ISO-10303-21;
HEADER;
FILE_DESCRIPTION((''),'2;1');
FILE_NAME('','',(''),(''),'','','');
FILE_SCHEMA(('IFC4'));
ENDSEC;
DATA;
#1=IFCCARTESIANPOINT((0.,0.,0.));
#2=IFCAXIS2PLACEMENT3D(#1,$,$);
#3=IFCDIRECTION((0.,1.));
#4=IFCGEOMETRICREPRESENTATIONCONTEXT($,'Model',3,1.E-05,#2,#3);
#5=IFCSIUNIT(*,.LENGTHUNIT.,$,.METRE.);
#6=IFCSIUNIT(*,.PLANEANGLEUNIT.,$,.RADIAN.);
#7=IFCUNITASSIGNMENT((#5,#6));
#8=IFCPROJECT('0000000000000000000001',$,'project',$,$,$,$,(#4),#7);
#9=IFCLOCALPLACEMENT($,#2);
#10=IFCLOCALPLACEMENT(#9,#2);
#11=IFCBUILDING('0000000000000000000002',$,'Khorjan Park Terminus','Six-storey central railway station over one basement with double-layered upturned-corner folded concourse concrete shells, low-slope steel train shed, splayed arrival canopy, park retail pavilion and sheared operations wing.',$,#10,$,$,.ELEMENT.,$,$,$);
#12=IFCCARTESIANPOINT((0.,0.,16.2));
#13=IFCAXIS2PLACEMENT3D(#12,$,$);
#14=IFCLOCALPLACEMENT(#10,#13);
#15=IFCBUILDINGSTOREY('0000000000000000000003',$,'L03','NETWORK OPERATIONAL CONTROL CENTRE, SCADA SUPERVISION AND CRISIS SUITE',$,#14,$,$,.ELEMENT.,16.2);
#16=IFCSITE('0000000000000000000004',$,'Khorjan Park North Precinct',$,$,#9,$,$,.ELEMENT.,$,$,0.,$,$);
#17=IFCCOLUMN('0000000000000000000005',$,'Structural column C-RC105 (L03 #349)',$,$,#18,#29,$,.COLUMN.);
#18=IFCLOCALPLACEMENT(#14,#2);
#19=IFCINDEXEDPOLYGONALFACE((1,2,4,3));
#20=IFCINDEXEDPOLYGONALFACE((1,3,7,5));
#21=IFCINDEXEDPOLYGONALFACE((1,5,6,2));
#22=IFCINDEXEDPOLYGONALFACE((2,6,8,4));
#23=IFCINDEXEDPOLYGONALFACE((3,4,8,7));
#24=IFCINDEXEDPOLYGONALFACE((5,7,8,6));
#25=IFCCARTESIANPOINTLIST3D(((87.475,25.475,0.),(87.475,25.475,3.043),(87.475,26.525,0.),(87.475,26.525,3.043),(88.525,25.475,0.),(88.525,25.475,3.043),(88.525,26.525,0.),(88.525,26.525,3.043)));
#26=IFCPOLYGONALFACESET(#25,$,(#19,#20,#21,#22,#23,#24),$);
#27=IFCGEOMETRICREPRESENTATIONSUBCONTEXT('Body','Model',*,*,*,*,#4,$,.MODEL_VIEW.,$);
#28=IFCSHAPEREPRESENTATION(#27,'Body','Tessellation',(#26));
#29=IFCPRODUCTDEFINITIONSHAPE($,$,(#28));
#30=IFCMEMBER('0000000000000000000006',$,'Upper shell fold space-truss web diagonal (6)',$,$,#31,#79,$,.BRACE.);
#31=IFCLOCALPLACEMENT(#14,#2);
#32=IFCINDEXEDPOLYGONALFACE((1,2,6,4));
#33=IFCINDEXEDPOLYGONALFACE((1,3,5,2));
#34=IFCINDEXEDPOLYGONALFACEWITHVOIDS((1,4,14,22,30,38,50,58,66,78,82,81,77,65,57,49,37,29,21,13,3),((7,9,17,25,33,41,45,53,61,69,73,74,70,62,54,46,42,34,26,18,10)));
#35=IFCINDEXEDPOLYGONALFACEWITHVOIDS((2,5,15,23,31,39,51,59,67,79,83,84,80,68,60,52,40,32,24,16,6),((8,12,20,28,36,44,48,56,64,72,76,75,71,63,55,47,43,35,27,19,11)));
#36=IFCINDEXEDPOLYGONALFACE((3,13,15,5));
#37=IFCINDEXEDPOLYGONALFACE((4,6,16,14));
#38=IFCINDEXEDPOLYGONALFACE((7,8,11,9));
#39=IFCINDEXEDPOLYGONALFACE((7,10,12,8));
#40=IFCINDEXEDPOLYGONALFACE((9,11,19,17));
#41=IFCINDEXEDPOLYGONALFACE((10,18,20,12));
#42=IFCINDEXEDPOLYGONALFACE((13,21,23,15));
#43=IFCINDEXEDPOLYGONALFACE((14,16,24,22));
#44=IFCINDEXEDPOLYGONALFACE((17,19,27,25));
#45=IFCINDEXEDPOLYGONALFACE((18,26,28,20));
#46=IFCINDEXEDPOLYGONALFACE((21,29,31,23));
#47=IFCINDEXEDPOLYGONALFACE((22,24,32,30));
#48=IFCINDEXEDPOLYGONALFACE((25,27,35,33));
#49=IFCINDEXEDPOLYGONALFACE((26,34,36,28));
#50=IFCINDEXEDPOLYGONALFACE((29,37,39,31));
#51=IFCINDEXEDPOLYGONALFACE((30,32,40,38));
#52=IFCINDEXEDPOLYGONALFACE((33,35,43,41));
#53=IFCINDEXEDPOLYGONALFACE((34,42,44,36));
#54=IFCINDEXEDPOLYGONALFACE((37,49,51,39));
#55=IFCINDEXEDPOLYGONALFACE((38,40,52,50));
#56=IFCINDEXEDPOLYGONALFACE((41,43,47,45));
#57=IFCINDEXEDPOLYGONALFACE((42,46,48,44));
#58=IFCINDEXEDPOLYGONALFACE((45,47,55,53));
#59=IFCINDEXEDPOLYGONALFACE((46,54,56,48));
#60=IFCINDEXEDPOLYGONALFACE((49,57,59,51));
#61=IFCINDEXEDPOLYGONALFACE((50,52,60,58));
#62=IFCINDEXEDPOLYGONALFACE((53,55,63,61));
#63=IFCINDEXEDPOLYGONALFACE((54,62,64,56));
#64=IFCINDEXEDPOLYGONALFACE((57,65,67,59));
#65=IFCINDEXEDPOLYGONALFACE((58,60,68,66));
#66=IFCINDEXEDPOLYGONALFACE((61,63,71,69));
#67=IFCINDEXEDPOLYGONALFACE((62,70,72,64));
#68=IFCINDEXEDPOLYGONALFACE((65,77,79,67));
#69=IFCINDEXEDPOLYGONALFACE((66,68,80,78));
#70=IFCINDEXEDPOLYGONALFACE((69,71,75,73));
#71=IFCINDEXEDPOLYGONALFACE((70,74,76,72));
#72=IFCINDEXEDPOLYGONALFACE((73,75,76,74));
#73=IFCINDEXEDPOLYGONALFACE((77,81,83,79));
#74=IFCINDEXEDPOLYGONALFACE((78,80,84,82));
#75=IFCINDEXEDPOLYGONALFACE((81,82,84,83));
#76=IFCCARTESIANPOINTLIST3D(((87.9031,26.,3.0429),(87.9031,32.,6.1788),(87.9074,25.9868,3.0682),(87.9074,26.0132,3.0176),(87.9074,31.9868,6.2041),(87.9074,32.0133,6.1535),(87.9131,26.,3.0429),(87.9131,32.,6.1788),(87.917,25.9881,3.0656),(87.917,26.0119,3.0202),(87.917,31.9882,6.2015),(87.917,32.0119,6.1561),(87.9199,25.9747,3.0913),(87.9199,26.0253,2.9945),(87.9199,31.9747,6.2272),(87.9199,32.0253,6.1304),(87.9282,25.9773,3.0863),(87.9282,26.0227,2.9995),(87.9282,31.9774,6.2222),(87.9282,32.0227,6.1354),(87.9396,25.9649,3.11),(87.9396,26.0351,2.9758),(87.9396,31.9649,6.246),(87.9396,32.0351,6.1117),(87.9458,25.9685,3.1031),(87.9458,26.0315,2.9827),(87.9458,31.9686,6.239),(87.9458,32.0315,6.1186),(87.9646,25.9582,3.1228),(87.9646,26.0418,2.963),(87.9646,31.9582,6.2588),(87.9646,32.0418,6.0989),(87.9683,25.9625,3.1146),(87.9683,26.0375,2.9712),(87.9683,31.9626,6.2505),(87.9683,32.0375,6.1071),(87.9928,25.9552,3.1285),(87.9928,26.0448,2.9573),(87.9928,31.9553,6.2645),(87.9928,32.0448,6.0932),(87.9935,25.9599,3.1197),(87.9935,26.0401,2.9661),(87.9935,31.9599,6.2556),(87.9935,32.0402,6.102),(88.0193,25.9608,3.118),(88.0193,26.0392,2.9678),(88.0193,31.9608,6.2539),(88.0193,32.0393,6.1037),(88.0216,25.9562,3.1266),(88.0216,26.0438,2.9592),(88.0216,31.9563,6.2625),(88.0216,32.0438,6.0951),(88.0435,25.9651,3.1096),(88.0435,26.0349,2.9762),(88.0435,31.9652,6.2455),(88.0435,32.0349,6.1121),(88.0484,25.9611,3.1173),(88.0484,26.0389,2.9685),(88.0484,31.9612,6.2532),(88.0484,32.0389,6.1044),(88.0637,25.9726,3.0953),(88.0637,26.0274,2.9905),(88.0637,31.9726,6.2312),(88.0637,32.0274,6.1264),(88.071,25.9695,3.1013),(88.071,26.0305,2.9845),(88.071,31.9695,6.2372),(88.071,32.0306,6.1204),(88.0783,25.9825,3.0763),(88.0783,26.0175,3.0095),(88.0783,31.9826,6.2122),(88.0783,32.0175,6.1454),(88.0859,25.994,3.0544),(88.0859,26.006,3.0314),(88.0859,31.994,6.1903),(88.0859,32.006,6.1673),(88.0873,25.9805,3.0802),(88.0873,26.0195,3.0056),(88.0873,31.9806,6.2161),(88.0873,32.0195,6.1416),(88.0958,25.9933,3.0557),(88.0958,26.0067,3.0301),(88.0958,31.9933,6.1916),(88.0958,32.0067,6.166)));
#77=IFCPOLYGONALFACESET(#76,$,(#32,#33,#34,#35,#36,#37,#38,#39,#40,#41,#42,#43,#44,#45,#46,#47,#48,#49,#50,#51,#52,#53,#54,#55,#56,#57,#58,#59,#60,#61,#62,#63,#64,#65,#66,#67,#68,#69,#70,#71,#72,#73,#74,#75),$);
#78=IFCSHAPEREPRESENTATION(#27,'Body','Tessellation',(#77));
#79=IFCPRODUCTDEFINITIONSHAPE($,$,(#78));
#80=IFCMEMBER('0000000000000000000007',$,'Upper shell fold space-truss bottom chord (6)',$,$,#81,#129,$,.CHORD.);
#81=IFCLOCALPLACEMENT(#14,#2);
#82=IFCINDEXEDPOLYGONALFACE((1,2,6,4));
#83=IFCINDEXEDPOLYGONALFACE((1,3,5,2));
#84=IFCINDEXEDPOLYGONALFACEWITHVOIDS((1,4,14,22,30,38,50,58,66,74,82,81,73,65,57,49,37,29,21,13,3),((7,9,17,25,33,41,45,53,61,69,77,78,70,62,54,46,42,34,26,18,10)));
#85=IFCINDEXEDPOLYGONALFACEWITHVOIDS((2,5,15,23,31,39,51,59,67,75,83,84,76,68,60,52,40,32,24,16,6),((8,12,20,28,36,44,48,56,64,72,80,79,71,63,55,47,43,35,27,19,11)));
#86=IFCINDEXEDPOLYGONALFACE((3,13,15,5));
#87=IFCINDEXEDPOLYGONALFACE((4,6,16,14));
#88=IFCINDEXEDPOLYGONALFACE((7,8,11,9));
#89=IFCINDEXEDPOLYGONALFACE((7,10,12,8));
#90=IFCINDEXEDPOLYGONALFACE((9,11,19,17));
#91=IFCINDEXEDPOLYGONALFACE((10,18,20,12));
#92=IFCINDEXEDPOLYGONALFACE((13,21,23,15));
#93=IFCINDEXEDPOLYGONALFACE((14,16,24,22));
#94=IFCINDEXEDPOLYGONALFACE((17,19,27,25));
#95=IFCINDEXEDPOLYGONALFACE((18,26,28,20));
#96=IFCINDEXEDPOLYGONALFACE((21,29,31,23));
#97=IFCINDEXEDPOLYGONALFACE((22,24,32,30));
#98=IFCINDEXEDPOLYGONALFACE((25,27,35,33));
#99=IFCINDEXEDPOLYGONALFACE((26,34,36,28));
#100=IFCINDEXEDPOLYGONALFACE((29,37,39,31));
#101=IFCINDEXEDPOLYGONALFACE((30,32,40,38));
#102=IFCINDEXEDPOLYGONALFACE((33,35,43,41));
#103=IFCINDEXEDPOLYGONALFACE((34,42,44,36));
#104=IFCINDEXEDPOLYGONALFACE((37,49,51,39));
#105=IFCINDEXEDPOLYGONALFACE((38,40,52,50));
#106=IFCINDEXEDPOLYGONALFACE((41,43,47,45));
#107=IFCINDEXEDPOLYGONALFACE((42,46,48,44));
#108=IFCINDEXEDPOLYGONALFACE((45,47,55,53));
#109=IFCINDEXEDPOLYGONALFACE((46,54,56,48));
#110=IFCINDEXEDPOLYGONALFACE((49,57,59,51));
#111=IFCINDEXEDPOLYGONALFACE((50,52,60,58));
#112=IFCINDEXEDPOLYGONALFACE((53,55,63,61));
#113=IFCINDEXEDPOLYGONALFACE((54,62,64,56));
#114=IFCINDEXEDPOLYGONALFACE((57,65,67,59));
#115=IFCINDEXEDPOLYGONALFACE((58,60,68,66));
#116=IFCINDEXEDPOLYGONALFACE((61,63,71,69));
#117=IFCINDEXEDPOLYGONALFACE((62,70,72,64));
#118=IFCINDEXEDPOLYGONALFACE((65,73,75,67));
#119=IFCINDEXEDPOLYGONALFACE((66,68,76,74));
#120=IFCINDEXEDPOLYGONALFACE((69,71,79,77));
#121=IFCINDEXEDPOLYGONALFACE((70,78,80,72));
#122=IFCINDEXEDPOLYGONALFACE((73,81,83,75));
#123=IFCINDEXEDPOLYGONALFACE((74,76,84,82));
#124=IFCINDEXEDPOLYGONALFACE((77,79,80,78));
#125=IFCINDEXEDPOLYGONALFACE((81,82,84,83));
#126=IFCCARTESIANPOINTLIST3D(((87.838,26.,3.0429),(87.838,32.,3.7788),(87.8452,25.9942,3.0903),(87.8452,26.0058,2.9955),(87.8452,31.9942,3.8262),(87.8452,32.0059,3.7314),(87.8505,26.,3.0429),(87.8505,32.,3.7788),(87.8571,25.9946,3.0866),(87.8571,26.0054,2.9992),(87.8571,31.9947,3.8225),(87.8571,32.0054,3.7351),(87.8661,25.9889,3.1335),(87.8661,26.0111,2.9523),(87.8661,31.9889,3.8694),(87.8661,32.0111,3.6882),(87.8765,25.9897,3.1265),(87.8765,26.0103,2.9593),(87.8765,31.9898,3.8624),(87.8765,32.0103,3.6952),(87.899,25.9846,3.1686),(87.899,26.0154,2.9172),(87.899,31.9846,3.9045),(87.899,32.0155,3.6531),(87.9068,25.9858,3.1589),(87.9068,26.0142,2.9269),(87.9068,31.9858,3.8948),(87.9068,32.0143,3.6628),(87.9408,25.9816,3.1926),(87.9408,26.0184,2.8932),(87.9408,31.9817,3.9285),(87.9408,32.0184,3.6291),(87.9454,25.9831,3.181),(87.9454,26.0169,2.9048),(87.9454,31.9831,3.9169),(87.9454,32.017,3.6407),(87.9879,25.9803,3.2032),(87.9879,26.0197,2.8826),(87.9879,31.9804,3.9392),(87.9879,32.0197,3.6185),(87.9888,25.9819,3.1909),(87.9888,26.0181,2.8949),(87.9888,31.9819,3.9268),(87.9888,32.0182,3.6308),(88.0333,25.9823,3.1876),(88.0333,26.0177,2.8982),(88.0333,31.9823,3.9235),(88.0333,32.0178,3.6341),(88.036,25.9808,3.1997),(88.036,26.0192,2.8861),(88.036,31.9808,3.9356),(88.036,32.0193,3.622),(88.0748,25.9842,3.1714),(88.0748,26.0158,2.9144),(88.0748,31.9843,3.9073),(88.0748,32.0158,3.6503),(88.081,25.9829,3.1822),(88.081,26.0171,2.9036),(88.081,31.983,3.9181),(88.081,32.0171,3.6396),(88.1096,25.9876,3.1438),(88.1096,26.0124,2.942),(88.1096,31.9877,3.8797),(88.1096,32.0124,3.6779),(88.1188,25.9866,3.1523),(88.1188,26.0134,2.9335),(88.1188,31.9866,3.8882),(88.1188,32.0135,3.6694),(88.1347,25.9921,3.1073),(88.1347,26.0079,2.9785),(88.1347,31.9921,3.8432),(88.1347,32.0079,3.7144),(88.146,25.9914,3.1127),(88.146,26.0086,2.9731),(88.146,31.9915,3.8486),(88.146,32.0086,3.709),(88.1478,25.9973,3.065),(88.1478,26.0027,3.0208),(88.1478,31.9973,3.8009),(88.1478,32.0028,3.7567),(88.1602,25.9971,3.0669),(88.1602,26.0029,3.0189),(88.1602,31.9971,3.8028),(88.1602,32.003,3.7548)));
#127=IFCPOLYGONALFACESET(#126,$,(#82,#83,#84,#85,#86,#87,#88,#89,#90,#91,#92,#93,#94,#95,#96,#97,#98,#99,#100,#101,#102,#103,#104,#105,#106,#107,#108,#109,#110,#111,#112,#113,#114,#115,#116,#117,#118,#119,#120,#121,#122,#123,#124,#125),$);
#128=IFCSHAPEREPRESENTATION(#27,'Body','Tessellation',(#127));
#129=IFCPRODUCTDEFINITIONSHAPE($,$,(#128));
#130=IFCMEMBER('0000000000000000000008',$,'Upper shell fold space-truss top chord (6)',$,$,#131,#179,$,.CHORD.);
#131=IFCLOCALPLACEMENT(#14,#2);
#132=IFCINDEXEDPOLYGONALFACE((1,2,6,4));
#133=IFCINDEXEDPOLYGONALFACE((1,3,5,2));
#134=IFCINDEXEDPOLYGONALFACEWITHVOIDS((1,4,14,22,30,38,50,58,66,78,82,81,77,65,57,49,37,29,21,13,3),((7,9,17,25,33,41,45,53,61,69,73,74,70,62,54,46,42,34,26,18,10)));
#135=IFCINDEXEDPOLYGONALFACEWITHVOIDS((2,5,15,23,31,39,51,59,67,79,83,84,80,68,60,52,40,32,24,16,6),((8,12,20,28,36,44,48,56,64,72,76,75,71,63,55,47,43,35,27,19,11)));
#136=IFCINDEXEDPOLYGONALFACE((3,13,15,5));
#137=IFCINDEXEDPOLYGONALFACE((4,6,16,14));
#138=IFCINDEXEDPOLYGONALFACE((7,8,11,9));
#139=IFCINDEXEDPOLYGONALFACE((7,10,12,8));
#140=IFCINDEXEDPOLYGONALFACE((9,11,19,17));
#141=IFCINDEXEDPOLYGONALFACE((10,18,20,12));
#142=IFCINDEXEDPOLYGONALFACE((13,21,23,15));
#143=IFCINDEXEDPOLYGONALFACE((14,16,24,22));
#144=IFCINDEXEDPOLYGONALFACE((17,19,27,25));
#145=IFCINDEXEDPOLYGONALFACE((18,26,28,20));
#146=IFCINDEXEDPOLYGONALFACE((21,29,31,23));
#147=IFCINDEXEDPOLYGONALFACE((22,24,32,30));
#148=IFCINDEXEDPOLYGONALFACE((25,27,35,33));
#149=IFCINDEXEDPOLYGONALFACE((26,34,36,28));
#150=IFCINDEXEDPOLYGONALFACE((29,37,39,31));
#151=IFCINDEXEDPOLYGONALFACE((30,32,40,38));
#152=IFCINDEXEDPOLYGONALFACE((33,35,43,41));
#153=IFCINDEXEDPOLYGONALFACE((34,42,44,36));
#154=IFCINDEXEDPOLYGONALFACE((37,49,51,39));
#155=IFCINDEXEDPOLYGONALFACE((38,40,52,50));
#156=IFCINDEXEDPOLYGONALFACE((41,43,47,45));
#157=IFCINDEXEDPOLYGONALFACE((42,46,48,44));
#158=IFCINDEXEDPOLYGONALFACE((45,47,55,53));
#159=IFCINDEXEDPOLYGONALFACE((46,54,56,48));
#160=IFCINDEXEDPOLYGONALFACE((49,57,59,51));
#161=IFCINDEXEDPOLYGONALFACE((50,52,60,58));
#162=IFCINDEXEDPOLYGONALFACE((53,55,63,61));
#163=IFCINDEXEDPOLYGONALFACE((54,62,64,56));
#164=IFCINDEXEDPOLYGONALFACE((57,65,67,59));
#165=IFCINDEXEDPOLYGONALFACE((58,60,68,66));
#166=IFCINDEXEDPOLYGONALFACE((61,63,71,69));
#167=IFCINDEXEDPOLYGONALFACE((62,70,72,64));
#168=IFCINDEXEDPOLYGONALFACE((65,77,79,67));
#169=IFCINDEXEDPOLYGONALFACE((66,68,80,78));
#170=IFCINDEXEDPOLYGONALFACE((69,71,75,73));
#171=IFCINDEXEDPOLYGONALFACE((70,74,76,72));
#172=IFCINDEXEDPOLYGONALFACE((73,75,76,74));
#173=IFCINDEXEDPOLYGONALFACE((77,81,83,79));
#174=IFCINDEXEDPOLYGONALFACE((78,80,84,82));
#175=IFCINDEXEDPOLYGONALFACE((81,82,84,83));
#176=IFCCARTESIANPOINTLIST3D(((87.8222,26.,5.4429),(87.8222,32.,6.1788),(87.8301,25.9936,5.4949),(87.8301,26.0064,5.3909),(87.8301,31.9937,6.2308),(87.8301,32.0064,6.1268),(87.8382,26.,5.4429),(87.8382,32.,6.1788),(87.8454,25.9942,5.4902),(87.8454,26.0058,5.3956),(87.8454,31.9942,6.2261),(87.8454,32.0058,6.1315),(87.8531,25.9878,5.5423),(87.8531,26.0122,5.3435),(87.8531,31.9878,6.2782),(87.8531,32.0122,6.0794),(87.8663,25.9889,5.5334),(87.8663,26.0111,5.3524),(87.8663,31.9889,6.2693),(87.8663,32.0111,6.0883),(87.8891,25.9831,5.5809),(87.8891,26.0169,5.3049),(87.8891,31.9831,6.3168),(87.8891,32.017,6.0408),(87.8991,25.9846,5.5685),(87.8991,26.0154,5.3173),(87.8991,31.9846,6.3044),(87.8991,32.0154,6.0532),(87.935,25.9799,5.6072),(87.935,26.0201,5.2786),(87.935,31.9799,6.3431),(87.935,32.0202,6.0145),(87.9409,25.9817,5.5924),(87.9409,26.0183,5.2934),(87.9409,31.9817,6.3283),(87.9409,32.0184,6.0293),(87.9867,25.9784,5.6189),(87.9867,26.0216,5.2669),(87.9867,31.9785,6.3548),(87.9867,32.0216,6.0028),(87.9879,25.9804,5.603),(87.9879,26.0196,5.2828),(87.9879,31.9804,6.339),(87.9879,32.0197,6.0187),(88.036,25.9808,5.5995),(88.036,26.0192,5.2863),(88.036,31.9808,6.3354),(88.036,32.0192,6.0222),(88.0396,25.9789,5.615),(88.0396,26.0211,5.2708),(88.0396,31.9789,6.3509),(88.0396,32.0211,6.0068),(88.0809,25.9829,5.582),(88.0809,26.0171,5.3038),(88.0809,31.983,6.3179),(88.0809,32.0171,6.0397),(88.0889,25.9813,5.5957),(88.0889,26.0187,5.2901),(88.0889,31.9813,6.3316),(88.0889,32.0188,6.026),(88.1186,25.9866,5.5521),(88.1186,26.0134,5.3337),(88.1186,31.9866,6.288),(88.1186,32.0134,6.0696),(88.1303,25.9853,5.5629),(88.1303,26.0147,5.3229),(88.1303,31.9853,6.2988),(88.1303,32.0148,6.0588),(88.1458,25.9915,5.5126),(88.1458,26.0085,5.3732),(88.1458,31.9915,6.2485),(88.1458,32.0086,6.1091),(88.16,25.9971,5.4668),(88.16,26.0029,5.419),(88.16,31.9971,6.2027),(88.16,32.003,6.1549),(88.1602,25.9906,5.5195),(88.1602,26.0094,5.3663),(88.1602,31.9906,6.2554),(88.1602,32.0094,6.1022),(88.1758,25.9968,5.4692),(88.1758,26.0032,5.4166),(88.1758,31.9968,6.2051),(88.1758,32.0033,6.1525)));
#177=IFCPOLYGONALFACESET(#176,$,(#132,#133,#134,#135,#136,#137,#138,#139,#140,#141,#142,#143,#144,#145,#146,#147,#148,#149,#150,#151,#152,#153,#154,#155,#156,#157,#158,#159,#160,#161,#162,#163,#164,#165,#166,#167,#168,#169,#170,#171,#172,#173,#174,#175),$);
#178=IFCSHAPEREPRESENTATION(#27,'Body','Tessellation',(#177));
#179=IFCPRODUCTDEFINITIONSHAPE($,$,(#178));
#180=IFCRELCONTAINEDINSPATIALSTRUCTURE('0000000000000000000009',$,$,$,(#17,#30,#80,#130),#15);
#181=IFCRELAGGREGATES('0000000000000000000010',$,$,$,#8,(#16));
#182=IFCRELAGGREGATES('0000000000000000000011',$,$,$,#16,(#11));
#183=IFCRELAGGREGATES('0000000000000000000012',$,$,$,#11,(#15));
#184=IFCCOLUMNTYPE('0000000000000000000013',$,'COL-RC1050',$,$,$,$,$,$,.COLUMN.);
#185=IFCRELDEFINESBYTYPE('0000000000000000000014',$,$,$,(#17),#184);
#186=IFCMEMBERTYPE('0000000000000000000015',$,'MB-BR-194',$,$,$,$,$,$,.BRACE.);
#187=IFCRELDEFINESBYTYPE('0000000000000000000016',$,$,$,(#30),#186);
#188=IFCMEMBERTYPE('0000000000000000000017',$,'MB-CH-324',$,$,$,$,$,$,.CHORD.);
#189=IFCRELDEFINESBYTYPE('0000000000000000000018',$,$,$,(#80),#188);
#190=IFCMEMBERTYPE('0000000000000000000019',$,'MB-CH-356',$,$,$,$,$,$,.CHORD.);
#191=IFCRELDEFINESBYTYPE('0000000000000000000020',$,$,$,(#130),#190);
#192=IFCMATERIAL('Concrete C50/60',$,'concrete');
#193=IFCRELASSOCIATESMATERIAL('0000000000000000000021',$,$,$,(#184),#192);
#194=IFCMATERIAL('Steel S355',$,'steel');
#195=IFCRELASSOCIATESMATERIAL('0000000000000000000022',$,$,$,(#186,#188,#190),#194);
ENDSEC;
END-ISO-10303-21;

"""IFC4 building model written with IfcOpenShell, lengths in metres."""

from ifc_helpers import new_model, si_unit, direction, frame, origin, origin_2d, place, context, subcontext, project, spatial, rectangle, hollow_circle, extrude, material, material_profile, profile_set, type_object, element, save


model = new_model("IFC4")

# Units and contexts
model_context = context("Model", 3, precision=1e-05, world=origin(), true_north=direction((0.0, 1.0)))
body_context = subcontext(model_context, "Body", "Model", "MODEL_VIEW")
ifc_project = project(units=[si_unit("LENGTHUNIT", "METRE"), si_unit("PLANEANGLEUNIT", "RADIAN")], contexts=[model_context])

# Site, building, storey
site_placement = place(None, origin())
site = spatial("IfcSite", under=ifc_project, at=site_placement, Name="Khorjan Park North Precinct", CompositionType="ELEMENT", RefElevation=0.0)
building_placement = place(site_placement, origin())
building = spatial("IfcBuilding", under=site, at=building_placement, Name="Khorjan Park Terminus", Description="Six-storey central railway station over one basement with double-layered upturned-corner folded concourse concrete shells, low-slope steel train shed, splayed arrival canopy, park retail pavilion and sheared operations wing.", CompositionType="ELEMENT")
storey_placement = place(building_placement, frame((0.0, 0.0, 16.2)))
storey = spatial("IfcBuildingStorey", under=building, at=storey_placement, Name="L03", Description="NETWORK OPERATIONAL CONTROL CENTRE, SCADA SUPERVISION AND CRISIS SUITE", CompositionType="ELEMENT", Elevation=16.2)

# Column
ifc_material_1 = material(Name="Concrete C50/60", Category="concrete")
ifc_material_profile_1 = material_profile(ifc_material_1, rectangle(XDim=1.05, YDim=1.05, at=origin_2d()), Name="RC 1050x1050")
ifc_profile_set_1 = profile_set([ifc_material_profile_1], Name="Concrete C50/60")
column_type = type_object("IfcColumnType", Name="COL-RC1050", PredefinedType="COLUMN", material=ifc_profile_set_1)
column_placement = place(storey_placement, frame((88.0, 26.0, 0.0), z_axis=(0.0, 0.0, 1.0), x_axis=(1.0, 0.0, 0.0)))
element("IfcColumn", 1, at=column_placement, inside=storey, type_object=column_type, Name="Structural column C-RC105 (L03 #349)", PredefinedType="COLUMN", context=body_context, shape_type="SweptSolid", body=[
    extrude(rectangle(XDim=1.05, YDim=1.05, at=origin_2d()), origin(), (0.0, 0.0, 1.0), 3.043),
])

# Members
ifc_material_2 = material(Name="Steel S355", Category="steel")
ifc_material_profile_2 = material_profile(ifc_material_2, hollow_circle(Radius=0.0969, WallThickness=0.01, at=origin_2d()), Name="CHS 193.7x10")
ifc_profile_set_2 = profile_set([ifc_material_profile_2], Name="Steel S355")
member_type_1 = type_object("IfcMemberType", Name="MB-BR-194", PredefinedType="BRACE", material=ifc_profile_set_2)
member_1_placement = place(storey_placement, frame((88.0, 26.0, 3.0429), z_axis=(0.0, 0.886254, 0.4632), x_axis=(-1.0, 0.0, 0.0)))
element("IfcMember", 2, at=member_1_placement, inside=storey, type_object=member_type_1, Name="Upper shell fold space-truss web diagonal (6)", PredefinedType="BRACE", context=body_context, shape_type="SweptSolid", body=[
    extrude(hollow_circle(Radius=0.0969, WallThickness=0.01, at=origin_2d()), origin(), (0.0, 0.0, 1.0), 6.7701),
])
ifc_material_profile_3 = material_profile(ifc_material_2, hollow_circle(Radius=0.162, WallThickness=0.0125, at=origin_2d()), Name="CHS 323.9x12.5")
ifc_profile_set_3 = profile_set([ifc_material_profile_3], Name="Steel S355")
member_type_2 = type_object("IfcMemberType", Name="MB-CH-324", PredefinedType="CHORD", material=ifc_profile_set_3)
member_2_placement = place(storey_placement, frame((88.0, 26.0, 3.0429), z_axis=(0.0, 0.992562, 0.121738), x_axis=(-1.0, 0.0, 0.0)))
element("IfcMember", 3, at=member_2_placement, inside=storey, type_object=member_type_2, Name="Upper shell fold space-truss bottom chord (6)", PredefinedType="CHORD", context=body_context, shape_type="SweptSolid", body=[
    extrude(hollow_circle(Radius=0.162, WallThickness=0.0125, at=origin_2d()), origin(), (0.0, 0.0, 1.0), 6.045),
])
ifc_material_profile_4 = material_profile(ifc_material_2, hollow_circle(Radius=0.1778, WallThickness=0.016, at=origin_2d()), Name="CHS 355.6x16")
ifc_profile_set_4 = profile_set([ifc_material_profile_4], Name="Steel S355")
member_type_3 = type_object("IfcMemberType", Name="MB-CH-356", PredefinedType="CHORD", material=ifc_profile_set_4)
member_3_placement = place(storey_placement, frame((88.0, 26.0, 5.4429), z_axis=(0.0, 0.992562, 0.121738), x_axis=(-1.0, 0.0, 0.0)))
element("IfcMember", 4, at=member_3_placement, inside=storey, type_object=member_type_3, Name="Upper shell fold space-truss top chord (6)", PredefinedType="CHORD", context=body_context, shape_type="SweptSolid", body=[
    extrude(hollow_circle(Radius=0.1778, WallThickness=0.016, at=origin_2d()), origin(), (0.0, 0.0, 1.0), 6.045),
])

save(model, "model.ifc")
